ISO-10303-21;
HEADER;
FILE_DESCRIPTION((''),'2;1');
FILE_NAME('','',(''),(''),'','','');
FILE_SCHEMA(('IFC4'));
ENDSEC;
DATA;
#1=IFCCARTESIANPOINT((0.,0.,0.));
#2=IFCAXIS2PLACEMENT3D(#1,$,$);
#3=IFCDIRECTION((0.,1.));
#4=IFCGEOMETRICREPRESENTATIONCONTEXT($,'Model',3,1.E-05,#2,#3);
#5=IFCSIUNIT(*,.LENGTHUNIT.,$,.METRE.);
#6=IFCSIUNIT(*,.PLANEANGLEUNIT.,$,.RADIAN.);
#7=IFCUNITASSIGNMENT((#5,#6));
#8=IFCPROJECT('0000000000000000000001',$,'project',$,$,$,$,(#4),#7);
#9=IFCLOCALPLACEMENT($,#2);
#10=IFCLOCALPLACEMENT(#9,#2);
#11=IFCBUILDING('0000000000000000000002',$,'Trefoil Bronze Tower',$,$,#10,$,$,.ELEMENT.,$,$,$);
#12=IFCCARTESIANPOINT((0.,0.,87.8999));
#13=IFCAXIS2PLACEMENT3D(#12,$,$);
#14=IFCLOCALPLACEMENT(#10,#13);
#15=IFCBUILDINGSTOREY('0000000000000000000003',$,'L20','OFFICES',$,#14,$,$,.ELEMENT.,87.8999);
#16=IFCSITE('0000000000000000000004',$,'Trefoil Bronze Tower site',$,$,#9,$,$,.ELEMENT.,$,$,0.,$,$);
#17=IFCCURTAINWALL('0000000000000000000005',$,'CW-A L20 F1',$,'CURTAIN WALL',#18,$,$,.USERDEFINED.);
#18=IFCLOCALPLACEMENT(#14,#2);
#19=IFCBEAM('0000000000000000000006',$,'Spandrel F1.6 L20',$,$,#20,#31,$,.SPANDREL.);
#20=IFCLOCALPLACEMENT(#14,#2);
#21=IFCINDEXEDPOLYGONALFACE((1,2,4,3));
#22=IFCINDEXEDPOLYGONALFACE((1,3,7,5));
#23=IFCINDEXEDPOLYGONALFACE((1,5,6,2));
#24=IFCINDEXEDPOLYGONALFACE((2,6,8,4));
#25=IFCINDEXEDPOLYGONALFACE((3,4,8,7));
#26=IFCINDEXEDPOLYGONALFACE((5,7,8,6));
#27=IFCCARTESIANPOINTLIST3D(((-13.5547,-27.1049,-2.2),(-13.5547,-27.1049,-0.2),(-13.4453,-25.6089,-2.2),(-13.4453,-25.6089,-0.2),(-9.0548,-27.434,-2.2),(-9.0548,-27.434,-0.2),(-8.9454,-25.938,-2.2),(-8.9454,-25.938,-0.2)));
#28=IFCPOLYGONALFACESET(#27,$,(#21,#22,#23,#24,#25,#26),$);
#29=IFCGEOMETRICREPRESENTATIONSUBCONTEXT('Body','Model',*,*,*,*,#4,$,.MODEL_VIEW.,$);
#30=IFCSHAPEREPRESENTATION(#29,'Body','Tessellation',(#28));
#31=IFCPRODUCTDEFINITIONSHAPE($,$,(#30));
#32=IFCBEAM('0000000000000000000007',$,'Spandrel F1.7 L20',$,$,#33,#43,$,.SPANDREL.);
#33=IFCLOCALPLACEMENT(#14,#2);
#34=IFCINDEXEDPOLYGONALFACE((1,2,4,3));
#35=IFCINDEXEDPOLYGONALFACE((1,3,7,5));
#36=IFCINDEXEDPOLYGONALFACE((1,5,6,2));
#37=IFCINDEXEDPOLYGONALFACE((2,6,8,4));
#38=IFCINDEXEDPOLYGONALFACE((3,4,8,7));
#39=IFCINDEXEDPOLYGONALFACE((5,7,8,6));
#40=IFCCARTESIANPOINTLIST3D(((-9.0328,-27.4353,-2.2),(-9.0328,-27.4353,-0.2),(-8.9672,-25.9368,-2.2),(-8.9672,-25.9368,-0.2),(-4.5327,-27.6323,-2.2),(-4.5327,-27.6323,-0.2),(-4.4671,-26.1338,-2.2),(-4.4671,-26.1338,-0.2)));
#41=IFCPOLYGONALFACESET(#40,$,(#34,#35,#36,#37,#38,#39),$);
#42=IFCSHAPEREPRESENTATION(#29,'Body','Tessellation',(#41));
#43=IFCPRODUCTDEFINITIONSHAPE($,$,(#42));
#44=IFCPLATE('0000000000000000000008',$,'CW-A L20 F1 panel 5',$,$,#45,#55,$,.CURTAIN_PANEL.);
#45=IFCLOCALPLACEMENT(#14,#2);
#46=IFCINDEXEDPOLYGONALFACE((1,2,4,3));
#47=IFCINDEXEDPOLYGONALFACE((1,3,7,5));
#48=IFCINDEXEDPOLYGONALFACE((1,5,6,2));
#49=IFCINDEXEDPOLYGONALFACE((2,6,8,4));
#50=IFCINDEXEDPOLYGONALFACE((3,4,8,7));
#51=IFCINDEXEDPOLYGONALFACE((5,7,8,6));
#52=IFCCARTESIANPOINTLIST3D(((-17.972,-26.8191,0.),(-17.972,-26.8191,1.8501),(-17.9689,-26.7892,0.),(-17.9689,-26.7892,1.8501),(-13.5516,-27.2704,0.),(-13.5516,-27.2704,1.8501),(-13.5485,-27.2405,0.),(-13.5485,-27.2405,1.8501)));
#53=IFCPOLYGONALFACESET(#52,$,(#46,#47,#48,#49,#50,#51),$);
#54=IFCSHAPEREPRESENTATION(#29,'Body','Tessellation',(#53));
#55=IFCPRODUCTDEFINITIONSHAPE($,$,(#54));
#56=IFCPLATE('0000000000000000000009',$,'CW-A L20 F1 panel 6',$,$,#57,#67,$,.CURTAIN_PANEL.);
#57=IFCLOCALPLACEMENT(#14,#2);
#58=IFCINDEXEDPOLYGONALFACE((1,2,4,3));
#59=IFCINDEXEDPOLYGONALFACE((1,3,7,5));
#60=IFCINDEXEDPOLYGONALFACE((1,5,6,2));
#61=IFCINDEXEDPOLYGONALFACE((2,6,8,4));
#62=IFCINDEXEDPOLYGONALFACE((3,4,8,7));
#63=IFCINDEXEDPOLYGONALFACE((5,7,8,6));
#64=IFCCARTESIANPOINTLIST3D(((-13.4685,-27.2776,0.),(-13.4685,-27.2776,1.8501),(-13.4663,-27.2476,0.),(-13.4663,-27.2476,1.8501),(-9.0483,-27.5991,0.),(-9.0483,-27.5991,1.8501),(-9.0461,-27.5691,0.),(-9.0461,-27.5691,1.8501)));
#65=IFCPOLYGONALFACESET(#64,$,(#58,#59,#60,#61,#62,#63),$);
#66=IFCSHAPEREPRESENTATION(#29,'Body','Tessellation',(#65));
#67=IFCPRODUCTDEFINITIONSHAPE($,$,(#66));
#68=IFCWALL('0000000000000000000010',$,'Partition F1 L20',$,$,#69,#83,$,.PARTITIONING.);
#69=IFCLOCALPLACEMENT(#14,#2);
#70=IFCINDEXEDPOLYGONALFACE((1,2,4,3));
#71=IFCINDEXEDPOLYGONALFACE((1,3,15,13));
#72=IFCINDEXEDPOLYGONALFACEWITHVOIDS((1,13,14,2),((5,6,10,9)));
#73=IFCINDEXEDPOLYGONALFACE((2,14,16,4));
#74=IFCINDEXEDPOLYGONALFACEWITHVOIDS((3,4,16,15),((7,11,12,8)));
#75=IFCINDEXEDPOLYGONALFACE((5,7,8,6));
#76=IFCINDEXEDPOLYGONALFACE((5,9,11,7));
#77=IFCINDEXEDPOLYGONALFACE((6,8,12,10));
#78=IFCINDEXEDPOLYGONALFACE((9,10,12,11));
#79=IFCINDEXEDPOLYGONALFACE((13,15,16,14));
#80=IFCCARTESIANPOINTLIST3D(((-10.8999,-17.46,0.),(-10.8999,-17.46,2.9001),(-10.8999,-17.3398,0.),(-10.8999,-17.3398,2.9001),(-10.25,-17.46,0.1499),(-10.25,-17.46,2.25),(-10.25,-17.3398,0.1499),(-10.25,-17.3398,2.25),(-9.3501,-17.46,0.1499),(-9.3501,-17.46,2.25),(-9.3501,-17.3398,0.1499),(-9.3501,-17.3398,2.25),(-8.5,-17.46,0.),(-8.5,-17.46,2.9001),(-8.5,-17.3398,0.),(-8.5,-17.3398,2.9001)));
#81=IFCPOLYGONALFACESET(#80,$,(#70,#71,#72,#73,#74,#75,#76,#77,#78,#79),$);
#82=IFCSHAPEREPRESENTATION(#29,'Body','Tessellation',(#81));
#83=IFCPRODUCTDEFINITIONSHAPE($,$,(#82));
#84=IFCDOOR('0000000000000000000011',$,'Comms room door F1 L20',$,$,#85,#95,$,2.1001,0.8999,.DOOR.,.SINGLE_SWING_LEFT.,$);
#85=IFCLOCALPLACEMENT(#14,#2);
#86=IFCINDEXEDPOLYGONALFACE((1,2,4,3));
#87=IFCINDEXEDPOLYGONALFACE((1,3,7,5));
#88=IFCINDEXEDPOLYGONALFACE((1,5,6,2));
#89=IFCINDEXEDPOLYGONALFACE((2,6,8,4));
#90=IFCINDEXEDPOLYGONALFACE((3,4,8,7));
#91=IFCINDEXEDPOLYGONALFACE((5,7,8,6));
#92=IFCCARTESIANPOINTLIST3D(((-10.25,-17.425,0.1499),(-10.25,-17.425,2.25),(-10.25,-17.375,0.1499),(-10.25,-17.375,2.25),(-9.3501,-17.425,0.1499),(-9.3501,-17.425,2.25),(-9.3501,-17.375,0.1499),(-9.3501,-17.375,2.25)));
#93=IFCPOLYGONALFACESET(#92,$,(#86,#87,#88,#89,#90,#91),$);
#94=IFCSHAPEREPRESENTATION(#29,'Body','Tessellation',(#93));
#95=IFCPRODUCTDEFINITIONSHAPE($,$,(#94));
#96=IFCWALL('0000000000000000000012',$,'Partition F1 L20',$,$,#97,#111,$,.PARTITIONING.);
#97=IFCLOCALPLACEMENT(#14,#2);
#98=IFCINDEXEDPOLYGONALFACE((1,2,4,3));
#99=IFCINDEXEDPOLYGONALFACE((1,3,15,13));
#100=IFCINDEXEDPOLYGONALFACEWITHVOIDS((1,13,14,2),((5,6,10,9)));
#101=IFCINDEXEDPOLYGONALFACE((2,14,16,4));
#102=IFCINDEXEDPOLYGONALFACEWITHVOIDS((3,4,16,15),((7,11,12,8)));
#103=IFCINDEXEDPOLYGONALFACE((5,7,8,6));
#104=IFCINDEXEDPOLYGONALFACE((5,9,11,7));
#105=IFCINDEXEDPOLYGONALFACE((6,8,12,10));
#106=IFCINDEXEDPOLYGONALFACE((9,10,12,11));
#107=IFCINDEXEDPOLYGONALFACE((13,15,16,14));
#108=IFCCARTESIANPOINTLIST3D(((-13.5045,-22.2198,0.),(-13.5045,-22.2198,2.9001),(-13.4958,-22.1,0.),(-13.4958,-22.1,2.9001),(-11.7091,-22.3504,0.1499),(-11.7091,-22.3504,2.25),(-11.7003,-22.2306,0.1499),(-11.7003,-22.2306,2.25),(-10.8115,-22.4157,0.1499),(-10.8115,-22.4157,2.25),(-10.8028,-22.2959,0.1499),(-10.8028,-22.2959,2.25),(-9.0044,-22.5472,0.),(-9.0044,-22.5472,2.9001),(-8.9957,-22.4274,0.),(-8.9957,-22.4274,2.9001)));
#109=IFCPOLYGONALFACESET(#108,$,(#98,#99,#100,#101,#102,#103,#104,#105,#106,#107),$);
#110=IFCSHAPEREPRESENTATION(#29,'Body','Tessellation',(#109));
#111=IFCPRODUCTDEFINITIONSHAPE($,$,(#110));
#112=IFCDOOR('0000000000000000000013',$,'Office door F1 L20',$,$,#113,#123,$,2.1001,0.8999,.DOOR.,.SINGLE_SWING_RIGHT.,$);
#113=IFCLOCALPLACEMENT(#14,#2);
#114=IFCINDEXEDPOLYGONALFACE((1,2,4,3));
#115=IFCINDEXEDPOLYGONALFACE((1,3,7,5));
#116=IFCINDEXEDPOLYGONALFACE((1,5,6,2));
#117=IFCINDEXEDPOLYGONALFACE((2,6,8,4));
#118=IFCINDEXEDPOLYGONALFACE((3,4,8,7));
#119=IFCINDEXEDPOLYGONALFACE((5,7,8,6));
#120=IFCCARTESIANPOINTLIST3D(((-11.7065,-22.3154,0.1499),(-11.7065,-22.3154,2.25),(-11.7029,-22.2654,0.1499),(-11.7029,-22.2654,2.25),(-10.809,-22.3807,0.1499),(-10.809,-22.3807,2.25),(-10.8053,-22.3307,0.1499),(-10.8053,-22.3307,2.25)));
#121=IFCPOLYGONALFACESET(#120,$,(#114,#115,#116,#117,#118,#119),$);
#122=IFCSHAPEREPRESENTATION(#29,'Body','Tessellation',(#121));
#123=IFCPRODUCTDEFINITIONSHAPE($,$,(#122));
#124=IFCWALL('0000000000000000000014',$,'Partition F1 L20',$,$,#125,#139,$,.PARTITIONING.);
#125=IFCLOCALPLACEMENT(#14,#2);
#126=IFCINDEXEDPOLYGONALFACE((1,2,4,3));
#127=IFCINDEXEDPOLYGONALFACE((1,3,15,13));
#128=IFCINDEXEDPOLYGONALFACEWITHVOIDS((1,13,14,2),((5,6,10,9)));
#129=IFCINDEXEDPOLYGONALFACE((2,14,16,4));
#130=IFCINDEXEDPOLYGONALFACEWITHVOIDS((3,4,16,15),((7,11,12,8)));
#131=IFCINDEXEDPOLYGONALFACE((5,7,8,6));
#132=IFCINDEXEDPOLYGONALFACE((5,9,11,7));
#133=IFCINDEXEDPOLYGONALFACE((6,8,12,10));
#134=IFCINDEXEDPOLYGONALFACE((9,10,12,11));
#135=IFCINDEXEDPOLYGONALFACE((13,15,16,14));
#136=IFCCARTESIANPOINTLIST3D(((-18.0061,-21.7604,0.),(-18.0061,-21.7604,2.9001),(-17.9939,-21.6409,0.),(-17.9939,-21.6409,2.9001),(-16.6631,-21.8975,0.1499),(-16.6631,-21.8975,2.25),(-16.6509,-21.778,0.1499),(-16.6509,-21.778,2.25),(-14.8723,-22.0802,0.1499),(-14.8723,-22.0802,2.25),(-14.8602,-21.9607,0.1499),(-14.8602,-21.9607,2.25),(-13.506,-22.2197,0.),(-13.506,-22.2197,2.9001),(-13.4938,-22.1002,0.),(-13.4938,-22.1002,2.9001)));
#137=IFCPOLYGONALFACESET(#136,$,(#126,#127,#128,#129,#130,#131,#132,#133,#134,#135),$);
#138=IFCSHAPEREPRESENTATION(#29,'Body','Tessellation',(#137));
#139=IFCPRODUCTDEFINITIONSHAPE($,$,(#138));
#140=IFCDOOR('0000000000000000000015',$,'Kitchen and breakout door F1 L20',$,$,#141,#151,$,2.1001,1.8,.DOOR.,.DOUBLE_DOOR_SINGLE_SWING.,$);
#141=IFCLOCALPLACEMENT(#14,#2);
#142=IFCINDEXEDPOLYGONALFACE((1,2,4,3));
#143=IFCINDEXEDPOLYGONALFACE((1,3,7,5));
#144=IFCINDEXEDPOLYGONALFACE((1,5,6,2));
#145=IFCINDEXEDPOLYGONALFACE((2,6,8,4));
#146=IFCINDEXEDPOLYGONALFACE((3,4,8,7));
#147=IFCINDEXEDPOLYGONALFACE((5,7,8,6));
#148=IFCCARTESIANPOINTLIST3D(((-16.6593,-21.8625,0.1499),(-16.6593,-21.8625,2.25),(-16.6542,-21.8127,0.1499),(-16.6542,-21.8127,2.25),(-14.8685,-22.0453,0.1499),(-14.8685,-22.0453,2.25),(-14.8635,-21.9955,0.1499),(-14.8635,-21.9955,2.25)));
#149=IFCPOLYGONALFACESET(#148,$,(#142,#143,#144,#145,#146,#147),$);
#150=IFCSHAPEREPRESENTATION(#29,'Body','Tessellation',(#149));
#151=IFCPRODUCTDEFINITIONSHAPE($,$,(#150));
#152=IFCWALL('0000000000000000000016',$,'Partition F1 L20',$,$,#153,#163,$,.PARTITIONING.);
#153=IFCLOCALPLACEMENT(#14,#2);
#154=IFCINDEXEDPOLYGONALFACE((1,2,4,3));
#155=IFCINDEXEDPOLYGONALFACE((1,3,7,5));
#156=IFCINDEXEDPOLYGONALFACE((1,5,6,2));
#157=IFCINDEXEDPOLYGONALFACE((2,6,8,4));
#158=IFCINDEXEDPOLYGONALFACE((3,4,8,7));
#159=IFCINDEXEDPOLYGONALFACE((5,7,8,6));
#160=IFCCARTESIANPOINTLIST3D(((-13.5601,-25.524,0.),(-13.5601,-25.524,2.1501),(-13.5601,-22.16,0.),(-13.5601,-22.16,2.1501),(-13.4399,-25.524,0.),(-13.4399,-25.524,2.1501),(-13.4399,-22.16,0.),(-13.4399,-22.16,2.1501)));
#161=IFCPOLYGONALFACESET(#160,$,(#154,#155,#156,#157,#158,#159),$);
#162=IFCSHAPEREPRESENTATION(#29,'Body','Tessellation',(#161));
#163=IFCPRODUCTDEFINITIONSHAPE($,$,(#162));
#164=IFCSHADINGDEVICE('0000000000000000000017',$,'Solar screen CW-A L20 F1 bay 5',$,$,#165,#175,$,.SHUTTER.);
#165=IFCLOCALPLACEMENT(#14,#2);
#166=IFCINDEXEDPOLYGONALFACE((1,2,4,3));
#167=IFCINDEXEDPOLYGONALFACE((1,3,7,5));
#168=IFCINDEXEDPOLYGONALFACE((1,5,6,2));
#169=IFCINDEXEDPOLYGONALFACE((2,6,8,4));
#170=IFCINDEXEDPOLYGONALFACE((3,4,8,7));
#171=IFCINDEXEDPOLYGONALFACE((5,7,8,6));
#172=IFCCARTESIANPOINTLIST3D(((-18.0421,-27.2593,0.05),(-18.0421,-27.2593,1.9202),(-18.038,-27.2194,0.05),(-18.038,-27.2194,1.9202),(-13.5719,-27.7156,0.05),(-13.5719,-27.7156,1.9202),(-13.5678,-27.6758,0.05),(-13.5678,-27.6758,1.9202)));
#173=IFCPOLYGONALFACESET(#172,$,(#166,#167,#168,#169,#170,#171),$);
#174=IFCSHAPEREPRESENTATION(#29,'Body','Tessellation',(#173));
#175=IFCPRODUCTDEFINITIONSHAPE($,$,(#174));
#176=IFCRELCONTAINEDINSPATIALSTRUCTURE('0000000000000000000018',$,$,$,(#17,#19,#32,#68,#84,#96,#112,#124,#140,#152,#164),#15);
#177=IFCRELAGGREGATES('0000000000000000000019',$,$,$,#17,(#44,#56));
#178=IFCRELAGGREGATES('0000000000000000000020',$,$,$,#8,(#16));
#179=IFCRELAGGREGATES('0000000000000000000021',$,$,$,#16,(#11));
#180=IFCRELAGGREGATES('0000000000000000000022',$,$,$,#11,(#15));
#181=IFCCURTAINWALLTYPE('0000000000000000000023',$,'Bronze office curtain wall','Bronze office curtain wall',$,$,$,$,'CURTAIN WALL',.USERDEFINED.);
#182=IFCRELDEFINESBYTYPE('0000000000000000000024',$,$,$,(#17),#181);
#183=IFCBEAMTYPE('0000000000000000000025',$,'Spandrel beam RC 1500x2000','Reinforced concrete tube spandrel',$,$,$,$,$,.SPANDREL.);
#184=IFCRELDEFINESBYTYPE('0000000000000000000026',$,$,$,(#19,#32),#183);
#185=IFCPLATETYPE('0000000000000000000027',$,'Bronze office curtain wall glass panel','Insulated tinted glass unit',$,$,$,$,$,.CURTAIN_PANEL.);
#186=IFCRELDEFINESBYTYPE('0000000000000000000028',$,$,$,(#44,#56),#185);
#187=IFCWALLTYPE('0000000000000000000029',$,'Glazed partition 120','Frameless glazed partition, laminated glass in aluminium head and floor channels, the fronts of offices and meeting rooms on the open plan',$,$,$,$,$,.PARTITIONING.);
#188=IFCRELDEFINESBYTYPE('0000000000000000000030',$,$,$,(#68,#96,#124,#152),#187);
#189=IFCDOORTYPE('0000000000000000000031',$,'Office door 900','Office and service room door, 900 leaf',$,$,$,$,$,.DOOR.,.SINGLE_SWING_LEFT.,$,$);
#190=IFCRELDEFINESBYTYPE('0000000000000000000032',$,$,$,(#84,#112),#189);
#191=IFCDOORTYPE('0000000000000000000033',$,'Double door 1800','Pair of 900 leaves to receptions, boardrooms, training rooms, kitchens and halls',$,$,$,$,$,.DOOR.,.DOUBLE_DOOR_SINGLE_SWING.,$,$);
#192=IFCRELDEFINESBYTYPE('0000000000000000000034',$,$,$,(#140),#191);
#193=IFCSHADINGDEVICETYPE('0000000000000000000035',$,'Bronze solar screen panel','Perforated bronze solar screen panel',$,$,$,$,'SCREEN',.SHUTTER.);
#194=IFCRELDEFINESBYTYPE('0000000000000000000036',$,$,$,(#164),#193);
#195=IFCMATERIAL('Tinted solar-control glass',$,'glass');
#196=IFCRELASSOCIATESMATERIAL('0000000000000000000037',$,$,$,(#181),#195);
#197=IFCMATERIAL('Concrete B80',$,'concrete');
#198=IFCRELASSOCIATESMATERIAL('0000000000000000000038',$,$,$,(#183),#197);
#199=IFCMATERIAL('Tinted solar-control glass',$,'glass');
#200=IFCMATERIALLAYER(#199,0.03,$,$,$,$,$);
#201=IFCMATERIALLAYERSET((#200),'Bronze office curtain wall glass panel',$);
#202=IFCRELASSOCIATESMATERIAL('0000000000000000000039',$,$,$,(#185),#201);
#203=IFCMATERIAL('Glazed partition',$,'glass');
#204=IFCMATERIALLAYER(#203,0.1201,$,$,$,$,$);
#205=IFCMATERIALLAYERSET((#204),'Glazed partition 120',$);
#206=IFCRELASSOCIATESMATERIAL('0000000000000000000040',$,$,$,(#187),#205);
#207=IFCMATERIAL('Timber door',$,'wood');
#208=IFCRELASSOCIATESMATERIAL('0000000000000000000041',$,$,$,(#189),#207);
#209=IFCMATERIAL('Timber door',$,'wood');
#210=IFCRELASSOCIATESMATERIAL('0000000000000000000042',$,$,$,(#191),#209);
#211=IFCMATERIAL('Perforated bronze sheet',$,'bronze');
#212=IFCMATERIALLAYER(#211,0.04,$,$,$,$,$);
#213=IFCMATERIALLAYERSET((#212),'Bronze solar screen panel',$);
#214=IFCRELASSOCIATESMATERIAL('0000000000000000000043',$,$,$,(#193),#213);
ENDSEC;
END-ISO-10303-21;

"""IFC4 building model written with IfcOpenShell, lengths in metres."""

from ifc_helpers import new_model, si_unit, direction, frame, frame_2d, origin, origin_2d, place, context, subcontext, project, spatial, rectangle, extrude, material, layer, layer_set, material_profile, profile_set, type_object, element, fill, aggregate, save


model = new_model("IFC4")

# Units and contexts
model_context = context("Model", 3, precision=1e-05, world=origin(), true_north=direction((0.0, 1.0)))
body_context = subcontext(model_context, "Body", "Model", "MODEL_VIEW")
ifc_project = project(units=[si_unit("LENGTHUNIT", "METRE"), si_unit("PLANEANGLEUNIT", "RADIAN")], contexts=[model_context])

# Site, building, storey
site_placement = place(None, origin())
site = spatial("IfcSite", under=ifc_project, at=site_placement, Name="Trefoil Bronze Tower site", CompositionType="ELEMENT", RefElevation=0.0)
building_placement = place(site_placement, origin())
building = spatial("IfcBuilding", under=site, at=building_placement, Name="Trefoil Bronze Tower", CompositionType="ELEMENT")
storey_placement = place(building_placement, frame((0.0, 0.0, 87.8999)))
storey = spatial("IfcBuildingStorey", under=building, at=storey_placement, Name="L20", Description="OFFICES", CompositionType="ELEMENT", Elevation=87.8999)

# Curtain wall
ifc_material_1 = material(Name="Tinted solar-control glass", Category="glass")
curtain_wall_type = type_object("IfcCurtainWallType", Name="Bronze office curtain wall", Description="Bronze office curtain wall", ElementType="CURTAIN WALL", PredefinedType="USERDEFINED", material=ifc_material_1)
curtain_wall_placement = place(storey_placement, origin())
curtain_wall = element("IfcCurtainWall", 1, at=curtain_wall_placement, inside=storey, type_object=curtain_wall_type, Name="CW-A L20 F1", ObjectType="CURTAIN WALL", PredefinedType="USERDEFINED")

# Beams
ifc_material_2 = material(Name="Concrete B80", Category="concrete")
ifc_material_profile_1 = material_profile(ifc_material_2, rectangle(XDim=1.5, YDim=2.0, at=origin_2d()), Name="RC 1500x2000")
ifc_profile_set_1 = profile_set([ifc_material_profile_1], Name="Concrete B80")
beam_type_1 = type_object("IfcBeamType", Name="Spandrel beam RC 1500x2000", Description="Reinforced concrete tube spandrel", PredefinedType="SPANDREL", material=ifc_profile_set_1)
beam_1_placement = place(storey_placement, frame((-13.5, -26.3569, -1.2), z_axis=(0.997336, -0.072939, 0.0), x_axis=(0.072939, 0.997336, 0.0)))
element("IfcBeam", 2, at=beam_1_placement, inside=storey, type_object=beam_type_1, Name="Spandrel F1.6 L20", PredefinedType="SPANDREL", context=body_context, shape_type="SweptSolid", body=[
    extrude(rectangle(XDim=1.5, YDim=2.0, at=origin_2d()), origin(), (0.0, 0.0, 1.0), 4.512),
])
beam_2_placement = place(storey_placement, frame((-9.0, -26.686, -1.2), z_axis=(0.999043, -0.043741, 0.0), x_axis=(0.043741, 0.999043, 0.0)))
element("IfcBeam", 3, at=beam_2_placement, inside=storey, type_object=beam_type_1, Name="Spandrel F1.7 L20", PredefinedType="SPANDREL", context=body_context, shape_type="SweptSolid", body=[
    extrude(rectangle(XDim=1.5, YDim=2.0, at=origin_2d()), origin(), (0.0, 0.0, 1.0), 4.5044),
])

# Plates
ifc_material_3 = material(Name="Tinted solar-control glass", Category="glass")
ifc_layer_1 = layer(ifc_material_3, 0.03)
ifc_layer_set_1 = layer_set([ifc_layer_1], Name="Bronze office curtain wall glass panel")
plate_type = type_object("IfcPlateType", Name="Bronze office curtain wall glass panel", Description="Insulated tinted glass unit", PredefinedType="CURTAIN_PANEL", material=ifc_layer_set_1)
plate_1_placement = place(storey_placement, frame((-15.7603, -27.0298, 0.0), z_axis=(0.0, 0.0, 1.0), x_axis=(0.994829, -0.101565, 0.0)))
plate_1 = element("IfcPlate", 4, at=plate_1_placement, type_object=plate_type, Name="CW-A L20 F1 panel 5", PredefinedType="CURTAIN_PANEL", context=body_context, shape_type="SweptSolid", body=[
    extrude(rectangle(XDim=4.4434, YDim=0.03, at=origin_2d()), origin(), (0.0, 0.0, 1.0), 1.8501),
])
plate_2_placement = place(storey_placement, frame((-11.2573, -27.4233, 0.0), z_axis=(0.0, 0.0, 1.0), x_axis=(0.997365, -0.072547, 0.0)))
plate_2 = element("IfcPlate", 5, at=plate_2_placement, type_object=plate_type, Name="CW-A L20 F1 panel 6", PredefinedType="CURTAIN_PANEL", context=body_context, shape_type="SweptSolid", body=[
    extrude(rectangle(XDim=4.4319, YDim=0.03, at=origin_2d()), origin(), (0.0, 0.0, 1.0), 1.8501),
])
aggregate(curtain_wall, [plate_1, plate_2])

# Walls, openings, doors
ifc_material_4 = material(Name="Glazed partition", Category="glass")
ifc_layer_2 = layer(ifc_material_4, 0.1201)
ifc_layer_set_2 = layer_set([ifc_layer_2], Name="Glazed partition 120")
wall_type = type_object("IfcWallType", Name="Glazed partition 120", Description="Frameless glazed partition, laminated glass in aluminium head and floor channels, the fronts of offices and meeting rooms on the open plan", PredefinedType="PARTITIONING", material=ifc_layer_set_2)
wall_1_placement = place(storey_placement, frame((-10.8999, -17.3999, 0.0), z_axis=(0.0, 0.0, 1.0), x_axis=(1.0, 0.0, 0.0)))
wall_1 = element("IfcWall", 6, at=wall_1_placement, inside=storey, type_object=wall_type, Name="Partition F1 L20", PredefinedType="PARTITIONING", context=body_context, shape_type="SweptSolid", body=[
    extrude(rectangle(XDim=2.3999, YDim=0.1201, at=frame_2d((1.2, 0.0))), origin(), (0.0, 0.0, 1.0), 2.9001),
])
opening_1_placement = place(wall_1_placement, frame((0.6499, 0.0, 0.1499)))
opening_1 = element("IfcOpeningElement", 7, at=opening_1_placement, cuts=wall_1, PredefinedType="OPENING", context=body_context, shape_type="SweptSolid", body=[
    extrude(rectangle(XDim=0.8999, YDim=2.1001, at=frame_2d((0.45, 1.05))), frame((0.0, 0.0701, 0.0), z_axis=(0.0, -1.0, 0.0), x_axis=(1.0, 0.0, 0.0)), (0.0, 0.0, 1.0), 0.1401),
])
ifc_material_5 = material(Name="Timber door", Category="wood")
door_type_1 = type_object("IfcDoorType", Name="Office door 900", Description="Office and service room door, 900 leaf", OperationType="SINGLE_SWING_LEFT", PredefinedType="DOOR", material=ifc_material_5)
door_1_placement = place(opening_1_placement, origin())
door_1 = element("IfcDoor", 8, at=door_1_placement, inside=storey, type_object=door_type_1, Name="Comms room door F1 L20", OperationType="SINGLE_SWING_LEFT", OverallHeight=2.1001, OverallWidth=0.8999, PredefinedType="DOOR", context=body_context, shape_type="SweptSolid", body=[
    extrude(rectangle(XDim=0.8999, YDim=2.1001, at=frame_2d((0.45, 1.05))), frame((0.0, 0.0249, 0.0), z_axis=(0.0, -1.0, 0.0), x_axis=(1.0, 0.0, 0.0)), (0.0, 0.0, 1.0), 0.05),
])
fill(opening_1, door_1)
wall_2_placement = place(storey_placement, frame((-13.5, -22.1599, 0.0), z_axis=(0.0, 0.0, 1.0), x_axis=(0.997364, -0.072562, 0.0)))
wall_2 = element("IfcWall", 9, at=wall_2_placement, inside=storey, type_object=wall_type, Name="Partition F1 L20", PredefinedType="PARTITIONING", context=body_context, shape_type="SweptSolid", body=[
    extrude(rectangle(XDim=4.512, YDim=0.1201, at=frame_2d((2.2559, 0.0))), origin(), (0.0, 0.0, 1.0), 2.9001),
])
opening_2_placement = place(wall_2_placement, frame((1.8, 0.0, 0.1499)))
opening_2 = element("IfcOpeningElement", 10, at=opening_2_placement, cuts=wall_2, PredefinedType="OPENING", context=body_context, shape_type="SweptSolid", body=[
    extrude(rectangle(XDim=0.8999, YDim=2.1001, at=frame_2d((0.45, 1.05))), frame((0.0, 0.0701, 0.0), z_axis=(0.0, -1.0, 0.0), x_axis=(1.0, 0.0, 0.0)), (0.0, 0.0, 1.0), 0.1401),
])
door_2_placement = place(opening_2_placement, frame((0.8999, 0.0, 0.0), z_axis=(0.0, 0.0, 1.0), x_axis=(-1.0, 0.0, 0.0)))
door_2 = element("IfcDoor", 11, at=door_2_placement, inside=storey, type_object=door_type_1, Name="Office door F1 L20", OperationType="SINGLE_SWING_RIGHT", OverallHeight=2.1001, OverallWidth=0.8999, PredefinedType="DOOR", context=body_context, shape_type="SweptSolid", body=[
    extrude(rectangle(XDim=0.8999, YDim=2.1001, at=frame_2d((0.45, 1.05))), frame((0.0, 0.0249, 0.0), z_axis=(0.0, -1.0, 0.0), x_axis=(1.0, 0.0, 0.0)), (0.0, 0.0, 1.0), 0.05),
])
fill(opening_2, door_2)
wall_3_placement = place(storey_placement, frame((-18.0, -21.7007, 0.0), z_axis=(0.0, 0.0, 1.0), x_axis=(0.994833, -0.101523, 0.0)))
wall_3 = element("IfcWall", 12, at=wall_3_placement, inside=storey, type_object=wall_type, Name="Partition F1 L20", PredefinedType="PARTITIONING", context=body_context, shape_type="SweptSolid", body=[
    extrude(rectangle(XDim=4.5234, YDim=0.1201, at=frame_2d((2.2617, 0.0))), origin(), (0.0, 0.0, 1.0), 2.9001),
])
opening_3_placement = place(wall_3_placement, frame((1.3501, 0.0, 0.1499)))
opening_3 = element("IfcOpeningElement", 13, at=opening_3_placement, cuts=wall_3, PredefinedType="OPENING", context=body_context, shape_type="SweptSolid", body=[
    extrude(rectangle(XDim=1.8, YDim=2.1001, at=frame_2d((0.8999, 1.05))), frame((0.0, 0.0701, 0.0), z_axis=(0.0, -1.0, 0.0), x_axis=(1.0, 0.0, 0.0)), (0.0, 0.0, 1.0), 0.1401),
])
ifc_material_6 = material(Name="Timber door", Category="wood")
door_type_2 = type_object("IfcDoorType", Name="Double door 1800", Description="Pair of 900 leaves to receptions, boardrooms, training rooms, kitchens and halls", OperationType="DOUBLE_DOOR_SINGLE_SWING", PredefinedType="DOOR", material=ifc_material_6)
door_3_placement = place(opening_3_placement, frame((1.8, 0.0, 0.0), z_axis=(0.0, 0.0, 1.0), x_axis=(-1.0, 0.0, 0.0)))
door_3 = element("IfcDoor", 14, at=door_3_placement, inside=storey, type_object=door_type_2, Name="Kitchen and breakout door F1 L20", OperationType="DOUBLE_DOOR_SINGLE_SWING", OverallHeight=2.1001, OverallWidth=1.8, PredefinedType="DOOR", context=body_context, shape_type="SweptSolid", body=[
    extrude(rectangle(XDim=1.8, YDim=2.1001, at=frame_2d((0.8999, 1.05))), frame((0.0, 0.0249, 0.0), z_axis=(0.0, -1.0, 0.0), x_axis=(1.0, 0.0, 0.0)), (0.0, 0.0, 1.0), 0.05),
])
fill(opening_3, door_3)

# Wall
wall_4_placement = place(storey_placement, frame((-13.5, -22.1599, 0.0), z_axis=(0.0, 0.0, 1.0), x_axis=(0.0, -1.0, 0.0)))
element("IfcWall", 15, at=wall_4_placement, inside=storey, type_object=wall_type, Name="Partition F1 L20", PredefinedType="PARTITIONING", context=body_context, shape_type="SweptSolid", body=[
    extrude(rectangle(XDim=3.364, YDim=0.1201, at=frame_2d((1.6821, 0.0))), origin(), (0.0, 0.0, 1.0), 2.1501),
])

# Shading device
ifc_material_7 = material(Name="Perforated bronze sheet", Category="bronze")
ifc_layer_3 = layer(ifc_material_7, 0.04)
ifc_layer_set_3 = layer_set([ifc_layer_3], Name="Bronze solar screen panel")
shading_device_type = type_object("IfcShadingDeviceType", Name="Bronze solar screen panel", Description="Perforated bronze solar screen panel", ElementType="SCREEN", PredefinedType="SHUTTER", material=ifc_layer_set_3)
shading_device_1_placement = place(storey_placement, frame((-15.8049, -27.4675, 0.05), z_axis=(0.0, 0.0, 1.0), x_axis=(0.994829, -0.101565, 0.0)))
element("IfcShadingDevice", 16, at=shading_device_1_placement, inside=storey, type_object=shading_device_type, Name="Solar screen CW-A L20 F1 bay 5", PredefinedType="SHUTTER", context=body_context, shape_type="SweptSolid", body=[
    extrude(rectangle(XDim=4.4934, YDim=0.04, at=origin_2d()), origin(), (0.0, 0.0, 1.0), 1.8701),
])

save(model, "model.ifc")
